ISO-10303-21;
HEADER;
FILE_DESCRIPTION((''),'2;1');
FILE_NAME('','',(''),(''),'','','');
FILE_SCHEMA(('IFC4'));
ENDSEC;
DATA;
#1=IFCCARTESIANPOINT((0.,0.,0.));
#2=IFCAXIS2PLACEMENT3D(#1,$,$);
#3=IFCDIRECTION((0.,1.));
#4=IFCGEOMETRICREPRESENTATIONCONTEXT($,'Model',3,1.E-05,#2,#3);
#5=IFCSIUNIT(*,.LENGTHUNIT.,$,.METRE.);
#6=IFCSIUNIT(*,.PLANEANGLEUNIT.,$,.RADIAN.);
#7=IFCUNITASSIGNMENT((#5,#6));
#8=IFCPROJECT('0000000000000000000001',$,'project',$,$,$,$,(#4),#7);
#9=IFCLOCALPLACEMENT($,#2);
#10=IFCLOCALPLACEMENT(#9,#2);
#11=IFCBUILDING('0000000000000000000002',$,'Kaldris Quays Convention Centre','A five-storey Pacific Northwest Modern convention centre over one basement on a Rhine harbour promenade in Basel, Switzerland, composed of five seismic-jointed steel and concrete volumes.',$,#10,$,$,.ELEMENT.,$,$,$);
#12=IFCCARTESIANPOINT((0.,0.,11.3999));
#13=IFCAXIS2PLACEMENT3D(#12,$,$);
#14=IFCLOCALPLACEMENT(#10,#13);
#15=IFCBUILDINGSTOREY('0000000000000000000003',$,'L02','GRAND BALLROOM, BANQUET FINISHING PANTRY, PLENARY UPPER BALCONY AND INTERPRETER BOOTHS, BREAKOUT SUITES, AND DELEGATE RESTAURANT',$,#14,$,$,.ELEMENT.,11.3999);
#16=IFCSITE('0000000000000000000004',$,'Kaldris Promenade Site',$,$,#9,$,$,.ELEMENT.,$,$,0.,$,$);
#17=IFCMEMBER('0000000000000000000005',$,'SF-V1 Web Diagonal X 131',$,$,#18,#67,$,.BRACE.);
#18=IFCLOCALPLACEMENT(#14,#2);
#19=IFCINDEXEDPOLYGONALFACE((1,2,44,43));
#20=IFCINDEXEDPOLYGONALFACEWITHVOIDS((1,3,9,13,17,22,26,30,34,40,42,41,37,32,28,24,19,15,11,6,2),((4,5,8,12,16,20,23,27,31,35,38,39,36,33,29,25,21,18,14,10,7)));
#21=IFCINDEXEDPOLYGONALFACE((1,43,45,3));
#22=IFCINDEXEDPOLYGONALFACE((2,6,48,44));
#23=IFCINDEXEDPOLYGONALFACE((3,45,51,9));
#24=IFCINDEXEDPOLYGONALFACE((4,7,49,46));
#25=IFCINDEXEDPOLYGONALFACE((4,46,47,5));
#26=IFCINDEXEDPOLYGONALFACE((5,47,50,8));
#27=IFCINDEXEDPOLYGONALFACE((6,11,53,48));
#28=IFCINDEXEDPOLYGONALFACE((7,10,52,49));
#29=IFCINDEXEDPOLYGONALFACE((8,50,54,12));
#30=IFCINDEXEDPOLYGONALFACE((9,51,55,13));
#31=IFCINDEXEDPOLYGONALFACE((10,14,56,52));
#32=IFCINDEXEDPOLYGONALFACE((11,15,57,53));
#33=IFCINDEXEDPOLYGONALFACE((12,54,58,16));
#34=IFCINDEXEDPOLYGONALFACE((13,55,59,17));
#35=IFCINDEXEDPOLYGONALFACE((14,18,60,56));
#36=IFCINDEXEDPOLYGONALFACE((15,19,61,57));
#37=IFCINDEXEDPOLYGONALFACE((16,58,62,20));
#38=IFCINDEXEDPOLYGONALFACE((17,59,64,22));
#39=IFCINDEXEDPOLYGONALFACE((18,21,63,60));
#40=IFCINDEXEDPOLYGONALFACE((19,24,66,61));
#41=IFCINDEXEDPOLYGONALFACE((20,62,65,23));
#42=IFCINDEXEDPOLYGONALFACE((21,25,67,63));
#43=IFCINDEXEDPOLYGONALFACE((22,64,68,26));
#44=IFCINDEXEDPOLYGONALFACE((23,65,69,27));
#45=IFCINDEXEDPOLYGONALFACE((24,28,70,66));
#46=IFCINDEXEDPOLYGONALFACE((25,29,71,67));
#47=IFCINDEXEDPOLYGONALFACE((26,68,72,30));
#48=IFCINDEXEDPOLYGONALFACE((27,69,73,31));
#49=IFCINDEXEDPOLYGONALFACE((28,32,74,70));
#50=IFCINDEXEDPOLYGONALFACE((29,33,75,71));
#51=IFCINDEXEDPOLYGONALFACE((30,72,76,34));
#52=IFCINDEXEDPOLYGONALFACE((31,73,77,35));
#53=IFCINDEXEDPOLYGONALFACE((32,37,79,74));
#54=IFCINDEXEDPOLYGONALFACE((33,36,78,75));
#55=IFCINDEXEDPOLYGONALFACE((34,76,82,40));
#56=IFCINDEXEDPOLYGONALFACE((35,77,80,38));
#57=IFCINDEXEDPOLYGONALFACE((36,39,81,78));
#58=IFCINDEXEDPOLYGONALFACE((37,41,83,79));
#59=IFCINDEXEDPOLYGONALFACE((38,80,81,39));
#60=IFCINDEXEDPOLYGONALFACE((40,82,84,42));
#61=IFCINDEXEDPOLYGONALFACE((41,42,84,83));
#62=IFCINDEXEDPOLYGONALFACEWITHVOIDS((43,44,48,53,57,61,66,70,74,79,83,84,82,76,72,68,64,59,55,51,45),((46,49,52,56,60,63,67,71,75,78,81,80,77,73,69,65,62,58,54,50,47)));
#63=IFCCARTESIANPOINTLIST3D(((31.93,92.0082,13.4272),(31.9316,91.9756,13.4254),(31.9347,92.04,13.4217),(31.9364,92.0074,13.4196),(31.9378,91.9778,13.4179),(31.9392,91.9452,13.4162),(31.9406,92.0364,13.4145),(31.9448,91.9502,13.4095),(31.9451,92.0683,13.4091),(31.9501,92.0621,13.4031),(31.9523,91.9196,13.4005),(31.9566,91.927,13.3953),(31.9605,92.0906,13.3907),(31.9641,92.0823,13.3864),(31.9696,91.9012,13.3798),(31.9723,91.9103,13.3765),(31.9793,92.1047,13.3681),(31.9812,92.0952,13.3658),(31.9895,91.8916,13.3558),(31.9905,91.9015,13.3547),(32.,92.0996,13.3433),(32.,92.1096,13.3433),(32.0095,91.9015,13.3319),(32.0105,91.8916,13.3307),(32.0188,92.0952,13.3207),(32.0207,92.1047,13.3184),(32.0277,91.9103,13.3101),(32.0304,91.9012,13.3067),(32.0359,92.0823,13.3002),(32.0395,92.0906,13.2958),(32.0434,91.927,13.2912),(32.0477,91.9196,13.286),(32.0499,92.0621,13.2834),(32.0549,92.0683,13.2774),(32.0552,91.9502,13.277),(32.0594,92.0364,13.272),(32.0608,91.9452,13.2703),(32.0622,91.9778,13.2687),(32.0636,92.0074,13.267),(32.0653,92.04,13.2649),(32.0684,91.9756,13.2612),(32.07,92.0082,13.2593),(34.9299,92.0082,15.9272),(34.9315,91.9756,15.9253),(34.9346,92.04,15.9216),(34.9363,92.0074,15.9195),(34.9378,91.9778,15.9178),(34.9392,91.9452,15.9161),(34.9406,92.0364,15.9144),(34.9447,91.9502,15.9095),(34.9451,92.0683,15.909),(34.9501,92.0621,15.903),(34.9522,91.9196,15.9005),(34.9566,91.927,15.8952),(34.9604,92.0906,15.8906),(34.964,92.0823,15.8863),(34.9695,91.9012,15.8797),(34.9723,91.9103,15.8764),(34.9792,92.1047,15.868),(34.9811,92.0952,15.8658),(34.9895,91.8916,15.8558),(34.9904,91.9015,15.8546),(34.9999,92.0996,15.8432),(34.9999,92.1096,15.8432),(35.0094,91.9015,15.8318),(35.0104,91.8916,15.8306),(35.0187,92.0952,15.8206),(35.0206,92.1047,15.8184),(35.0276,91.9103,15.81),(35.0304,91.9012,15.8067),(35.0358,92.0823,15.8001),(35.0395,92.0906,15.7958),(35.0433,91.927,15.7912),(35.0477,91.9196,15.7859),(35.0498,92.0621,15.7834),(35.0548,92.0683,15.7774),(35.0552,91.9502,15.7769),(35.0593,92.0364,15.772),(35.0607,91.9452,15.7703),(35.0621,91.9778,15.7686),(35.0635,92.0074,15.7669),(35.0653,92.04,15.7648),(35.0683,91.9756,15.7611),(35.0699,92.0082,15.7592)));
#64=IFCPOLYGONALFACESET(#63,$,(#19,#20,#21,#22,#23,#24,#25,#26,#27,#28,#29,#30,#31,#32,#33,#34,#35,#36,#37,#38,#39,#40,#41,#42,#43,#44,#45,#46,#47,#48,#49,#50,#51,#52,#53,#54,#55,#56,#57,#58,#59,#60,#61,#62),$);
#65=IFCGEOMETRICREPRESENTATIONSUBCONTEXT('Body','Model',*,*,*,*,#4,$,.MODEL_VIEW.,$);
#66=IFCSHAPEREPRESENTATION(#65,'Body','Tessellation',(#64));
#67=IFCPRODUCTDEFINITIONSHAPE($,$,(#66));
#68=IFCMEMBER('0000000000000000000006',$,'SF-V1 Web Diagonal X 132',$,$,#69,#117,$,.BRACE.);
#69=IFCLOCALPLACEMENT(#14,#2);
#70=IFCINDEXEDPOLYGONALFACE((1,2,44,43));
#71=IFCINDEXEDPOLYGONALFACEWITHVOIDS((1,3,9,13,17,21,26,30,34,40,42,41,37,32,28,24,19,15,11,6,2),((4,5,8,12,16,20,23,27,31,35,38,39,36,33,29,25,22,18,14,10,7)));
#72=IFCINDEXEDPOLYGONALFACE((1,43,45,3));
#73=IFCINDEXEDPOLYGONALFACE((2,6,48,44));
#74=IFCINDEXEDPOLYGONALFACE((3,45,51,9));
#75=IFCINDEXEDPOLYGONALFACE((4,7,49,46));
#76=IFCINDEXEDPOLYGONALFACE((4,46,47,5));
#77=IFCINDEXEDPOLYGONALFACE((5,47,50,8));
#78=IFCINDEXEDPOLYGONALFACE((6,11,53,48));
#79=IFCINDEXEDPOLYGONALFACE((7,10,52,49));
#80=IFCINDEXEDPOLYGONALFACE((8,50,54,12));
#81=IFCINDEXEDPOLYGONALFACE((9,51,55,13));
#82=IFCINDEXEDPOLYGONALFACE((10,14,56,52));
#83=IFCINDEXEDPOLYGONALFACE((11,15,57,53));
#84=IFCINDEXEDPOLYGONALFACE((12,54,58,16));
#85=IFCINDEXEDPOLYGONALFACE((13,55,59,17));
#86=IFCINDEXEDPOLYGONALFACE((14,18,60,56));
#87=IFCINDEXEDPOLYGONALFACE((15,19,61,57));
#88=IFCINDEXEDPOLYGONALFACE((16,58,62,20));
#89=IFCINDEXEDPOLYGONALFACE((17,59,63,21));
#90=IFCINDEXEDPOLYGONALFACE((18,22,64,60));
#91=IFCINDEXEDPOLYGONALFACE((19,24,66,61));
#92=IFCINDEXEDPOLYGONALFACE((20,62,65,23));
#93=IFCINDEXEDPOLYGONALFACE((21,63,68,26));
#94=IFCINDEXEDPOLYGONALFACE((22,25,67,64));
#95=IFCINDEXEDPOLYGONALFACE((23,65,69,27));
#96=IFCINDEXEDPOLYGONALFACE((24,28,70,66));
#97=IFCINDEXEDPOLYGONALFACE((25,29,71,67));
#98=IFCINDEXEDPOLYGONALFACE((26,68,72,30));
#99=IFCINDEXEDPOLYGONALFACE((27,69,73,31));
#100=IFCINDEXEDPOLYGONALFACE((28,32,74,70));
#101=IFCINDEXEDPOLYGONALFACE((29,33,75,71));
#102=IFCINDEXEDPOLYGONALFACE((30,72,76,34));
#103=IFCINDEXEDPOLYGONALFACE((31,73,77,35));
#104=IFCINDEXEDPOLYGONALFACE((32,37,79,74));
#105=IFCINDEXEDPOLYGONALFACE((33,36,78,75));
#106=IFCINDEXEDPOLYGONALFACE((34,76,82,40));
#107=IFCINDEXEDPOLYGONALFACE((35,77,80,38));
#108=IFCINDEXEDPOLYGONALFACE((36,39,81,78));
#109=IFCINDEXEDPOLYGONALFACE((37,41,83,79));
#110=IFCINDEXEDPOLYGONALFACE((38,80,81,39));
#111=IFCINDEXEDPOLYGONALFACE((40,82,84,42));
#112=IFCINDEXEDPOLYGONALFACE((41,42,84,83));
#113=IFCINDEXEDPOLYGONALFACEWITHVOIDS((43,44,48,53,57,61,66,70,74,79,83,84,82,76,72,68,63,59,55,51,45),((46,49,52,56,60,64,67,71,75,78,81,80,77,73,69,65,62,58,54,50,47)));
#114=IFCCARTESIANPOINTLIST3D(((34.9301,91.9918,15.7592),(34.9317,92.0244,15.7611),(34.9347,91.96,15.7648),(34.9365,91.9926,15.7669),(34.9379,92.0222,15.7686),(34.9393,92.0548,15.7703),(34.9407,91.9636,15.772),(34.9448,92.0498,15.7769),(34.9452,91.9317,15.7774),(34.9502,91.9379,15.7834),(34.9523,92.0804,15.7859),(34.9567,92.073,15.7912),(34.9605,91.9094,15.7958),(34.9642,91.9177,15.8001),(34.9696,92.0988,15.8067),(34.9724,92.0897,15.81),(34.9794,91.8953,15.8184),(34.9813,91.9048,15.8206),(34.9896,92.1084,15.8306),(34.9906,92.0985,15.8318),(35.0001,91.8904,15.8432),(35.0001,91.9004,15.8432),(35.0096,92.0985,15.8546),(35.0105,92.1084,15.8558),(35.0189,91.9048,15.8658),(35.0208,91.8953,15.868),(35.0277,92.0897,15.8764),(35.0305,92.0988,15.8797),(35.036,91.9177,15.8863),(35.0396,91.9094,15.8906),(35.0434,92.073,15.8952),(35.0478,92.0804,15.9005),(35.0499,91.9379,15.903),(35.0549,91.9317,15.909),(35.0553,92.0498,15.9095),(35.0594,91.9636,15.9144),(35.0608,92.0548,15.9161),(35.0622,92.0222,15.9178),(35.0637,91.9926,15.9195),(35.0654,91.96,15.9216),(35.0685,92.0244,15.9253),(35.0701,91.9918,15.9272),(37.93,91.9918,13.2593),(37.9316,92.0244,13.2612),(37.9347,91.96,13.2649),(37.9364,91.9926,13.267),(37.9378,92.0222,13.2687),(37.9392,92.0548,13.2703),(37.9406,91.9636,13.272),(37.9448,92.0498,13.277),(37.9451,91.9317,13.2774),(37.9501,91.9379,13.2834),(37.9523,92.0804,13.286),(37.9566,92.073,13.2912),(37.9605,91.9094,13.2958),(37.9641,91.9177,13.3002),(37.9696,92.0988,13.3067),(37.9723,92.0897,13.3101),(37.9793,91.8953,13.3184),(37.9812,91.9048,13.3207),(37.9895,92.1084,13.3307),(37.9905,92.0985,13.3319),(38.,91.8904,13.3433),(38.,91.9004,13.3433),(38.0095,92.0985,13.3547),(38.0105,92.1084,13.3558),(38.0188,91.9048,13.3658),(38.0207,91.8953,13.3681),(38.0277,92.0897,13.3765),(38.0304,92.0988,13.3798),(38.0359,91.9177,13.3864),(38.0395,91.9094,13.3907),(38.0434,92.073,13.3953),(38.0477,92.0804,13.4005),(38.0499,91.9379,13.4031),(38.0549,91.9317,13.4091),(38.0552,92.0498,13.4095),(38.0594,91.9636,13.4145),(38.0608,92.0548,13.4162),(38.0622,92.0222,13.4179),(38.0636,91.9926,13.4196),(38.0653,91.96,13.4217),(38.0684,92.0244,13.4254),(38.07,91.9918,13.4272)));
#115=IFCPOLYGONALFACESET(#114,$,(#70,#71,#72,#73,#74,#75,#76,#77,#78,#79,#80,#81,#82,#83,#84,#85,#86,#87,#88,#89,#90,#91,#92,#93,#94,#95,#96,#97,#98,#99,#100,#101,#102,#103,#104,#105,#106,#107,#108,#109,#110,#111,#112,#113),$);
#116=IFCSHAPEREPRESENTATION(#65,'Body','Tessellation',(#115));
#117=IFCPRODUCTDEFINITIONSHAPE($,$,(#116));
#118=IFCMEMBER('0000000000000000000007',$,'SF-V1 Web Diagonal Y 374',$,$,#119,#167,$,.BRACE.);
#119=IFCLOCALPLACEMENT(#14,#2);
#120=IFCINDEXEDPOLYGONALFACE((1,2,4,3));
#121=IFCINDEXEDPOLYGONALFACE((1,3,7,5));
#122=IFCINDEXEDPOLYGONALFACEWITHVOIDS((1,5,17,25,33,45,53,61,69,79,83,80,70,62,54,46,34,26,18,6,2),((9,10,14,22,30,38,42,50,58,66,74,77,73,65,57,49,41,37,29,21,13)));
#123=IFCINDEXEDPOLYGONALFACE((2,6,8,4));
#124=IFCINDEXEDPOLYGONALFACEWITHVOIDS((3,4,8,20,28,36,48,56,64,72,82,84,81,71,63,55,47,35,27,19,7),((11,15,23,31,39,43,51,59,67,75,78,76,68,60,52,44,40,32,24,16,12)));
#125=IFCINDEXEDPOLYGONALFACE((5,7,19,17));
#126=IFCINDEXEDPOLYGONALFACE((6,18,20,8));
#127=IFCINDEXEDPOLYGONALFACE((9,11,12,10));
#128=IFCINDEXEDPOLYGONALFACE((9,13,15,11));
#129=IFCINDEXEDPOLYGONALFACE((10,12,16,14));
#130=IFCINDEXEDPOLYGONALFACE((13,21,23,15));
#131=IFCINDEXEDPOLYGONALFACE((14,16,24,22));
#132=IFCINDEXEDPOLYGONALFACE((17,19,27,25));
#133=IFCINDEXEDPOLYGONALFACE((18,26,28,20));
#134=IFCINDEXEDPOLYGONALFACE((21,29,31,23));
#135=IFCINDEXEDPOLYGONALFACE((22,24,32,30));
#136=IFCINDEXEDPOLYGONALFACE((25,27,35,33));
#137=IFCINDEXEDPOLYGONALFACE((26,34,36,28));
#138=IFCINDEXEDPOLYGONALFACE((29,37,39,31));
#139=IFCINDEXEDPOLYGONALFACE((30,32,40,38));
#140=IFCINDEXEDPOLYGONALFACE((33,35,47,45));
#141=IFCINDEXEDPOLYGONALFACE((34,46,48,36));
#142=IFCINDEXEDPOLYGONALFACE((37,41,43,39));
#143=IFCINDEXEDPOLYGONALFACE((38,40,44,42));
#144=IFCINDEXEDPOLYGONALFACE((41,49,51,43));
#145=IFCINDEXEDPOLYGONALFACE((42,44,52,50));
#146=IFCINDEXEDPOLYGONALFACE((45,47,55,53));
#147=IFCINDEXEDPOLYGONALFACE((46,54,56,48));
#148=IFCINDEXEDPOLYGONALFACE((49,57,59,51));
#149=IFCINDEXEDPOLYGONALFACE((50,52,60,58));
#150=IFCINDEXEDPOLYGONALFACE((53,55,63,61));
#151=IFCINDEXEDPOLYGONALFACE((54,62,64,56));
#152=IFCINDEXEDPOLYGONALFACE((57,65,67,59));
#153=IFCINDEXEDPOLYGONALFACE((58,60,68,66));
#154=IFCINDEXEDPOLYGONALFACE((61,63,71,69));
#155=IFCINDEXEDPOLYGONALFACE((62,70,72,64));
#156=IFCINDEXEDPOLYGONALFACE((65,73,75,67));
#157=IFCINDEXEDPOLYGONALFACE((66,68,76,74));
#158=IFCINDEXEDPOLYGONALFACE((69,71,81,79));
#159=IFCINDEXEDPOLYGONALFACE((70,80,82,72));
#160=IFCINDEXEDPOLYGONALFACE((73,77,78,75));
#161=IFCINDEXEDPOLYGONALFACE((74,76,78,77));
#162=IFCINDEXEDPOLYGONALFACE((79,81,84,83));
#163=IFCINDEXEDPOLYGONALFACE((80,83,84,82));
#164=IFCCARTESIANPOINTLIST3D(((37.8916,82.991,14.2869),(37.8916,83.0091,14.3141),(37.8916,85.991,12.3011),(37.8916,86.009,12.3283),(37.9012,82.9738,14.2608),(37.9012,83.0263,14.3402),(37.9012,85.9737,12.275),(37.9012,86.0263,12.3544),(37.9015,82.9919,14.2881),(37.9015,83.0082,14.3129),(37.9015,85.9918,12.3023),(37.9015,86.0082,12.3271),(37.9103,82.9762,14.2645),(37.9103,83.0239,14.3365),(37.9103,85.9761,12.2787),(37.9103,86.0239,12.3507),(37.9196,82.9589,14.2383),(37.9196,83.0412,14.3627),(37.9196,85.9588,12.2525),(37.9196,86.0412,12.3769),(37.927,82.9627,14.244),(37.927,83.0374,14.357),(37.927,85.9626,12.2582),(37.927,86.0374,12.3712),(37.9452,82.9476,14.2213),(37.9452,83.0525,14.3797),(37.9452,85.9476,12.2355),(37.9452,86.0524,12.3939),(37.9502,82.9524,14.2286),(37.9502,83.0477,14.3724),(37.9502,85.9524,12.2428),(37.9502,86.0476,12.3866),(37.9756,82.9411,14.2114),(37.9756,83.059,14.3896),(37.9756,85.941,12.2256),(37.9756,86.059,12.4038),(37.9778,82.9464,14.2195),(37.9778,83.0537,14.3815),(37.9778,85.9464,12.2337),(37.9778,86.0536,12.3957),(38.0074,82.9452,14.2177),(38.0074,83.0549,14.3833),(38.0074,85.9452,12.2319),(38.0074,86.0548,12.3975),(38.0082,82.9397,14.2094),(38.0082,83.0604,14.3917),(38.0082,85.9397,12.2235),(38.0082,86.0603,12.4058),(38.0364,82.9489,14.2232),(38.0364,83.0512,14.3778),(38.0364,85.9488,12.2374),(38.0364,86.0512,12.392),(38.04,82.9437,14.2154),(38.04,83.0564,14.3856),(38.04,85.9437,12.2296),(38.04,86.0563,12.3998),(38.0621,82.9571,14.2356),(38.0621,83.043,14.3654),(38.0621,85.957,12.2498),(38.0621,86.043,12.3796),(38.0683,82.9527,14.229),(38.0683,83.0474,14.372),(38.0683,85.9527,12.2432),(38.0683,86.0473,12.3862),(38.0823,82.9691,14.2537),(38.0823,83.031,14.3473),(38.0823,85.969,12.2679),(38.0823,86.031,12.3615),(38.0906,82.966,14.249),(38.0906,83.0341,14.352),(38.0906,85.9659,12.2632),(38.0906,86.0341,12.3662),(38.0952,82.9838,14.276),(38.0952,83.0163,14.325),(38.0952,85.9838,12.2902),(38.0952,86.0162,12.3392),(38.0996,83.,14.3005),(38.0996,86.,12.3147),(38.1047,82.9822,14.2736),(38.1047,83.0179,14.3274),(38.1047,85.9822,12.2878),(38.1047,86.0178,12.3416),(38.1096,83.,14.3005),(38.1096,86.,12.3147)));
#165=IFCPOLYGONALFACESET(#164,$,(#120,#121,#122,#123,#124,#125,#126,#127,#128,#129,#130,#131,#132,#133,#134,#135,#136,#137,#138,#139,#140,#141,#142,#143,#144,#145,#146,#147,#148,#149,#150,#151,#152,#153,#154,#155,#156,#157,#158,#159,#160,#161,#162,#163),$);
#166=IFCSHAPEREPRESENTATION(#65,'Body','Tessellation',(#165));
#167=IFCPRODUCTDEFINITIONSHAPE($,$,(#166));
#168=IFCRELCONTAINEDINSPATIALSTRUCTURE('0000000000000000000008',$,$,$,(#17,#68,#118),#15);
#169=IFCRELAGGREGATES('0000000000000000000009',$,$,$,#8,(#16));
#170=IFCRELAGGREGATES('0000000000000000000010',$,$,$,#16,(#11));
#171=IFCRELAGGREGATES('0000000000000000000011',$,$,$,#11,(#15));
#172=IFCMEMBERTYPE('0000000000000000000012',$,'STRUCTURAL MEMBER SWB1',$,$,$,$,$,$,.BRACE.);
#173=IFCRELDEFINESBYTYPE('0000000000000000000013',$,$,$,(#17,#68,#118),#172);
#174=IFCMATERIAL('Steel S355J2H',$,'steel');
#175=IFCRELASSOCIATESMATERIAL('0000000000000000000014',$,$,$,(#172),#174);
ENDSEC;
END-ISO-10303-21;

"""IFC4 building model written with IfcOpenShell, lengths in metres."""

from ifc_helpers import new_model, si_unit, direction, frame, origin, origin_2d, place, context, subcontext, project, spatial, hollow_circle, extrude, material, material_profile, profile_set, type_object, element, save


model = new_model("IFC4")

# Units and contexts
model_context = context("Model", 3, precision=1e-05, world=origin(), true_north=direction((0.0, 1.0)))
body_context = subcontext(model_context, "Body", "Model", "MODEL_VIEW")
ifc_project = project(units=[si_unit("LENGTHUNIT", "METRE"), si_unit("PLANEANGLEUNIT", "RADIAN")], contexts=[model_context])

# Site, building, storey
site_placement = place(None, origin())
site = spatial("IfcSite", under=ifc_project, at=site_placement, Name="Kaldris Promenade Site", CompositionType="ELEMENT", RefElevation=0.0)
building_placement = place(site_placement, origin())
building = spatial("IfcBuilding", under=site, at=building_placement, Name="Kaldris Quays Convention Centre", Description="A five-storey Pacific Northwest Modern convention centre over one basement on a Rhine harbour promenade in Basel, Switzerland, composed of five seismic-jointed steel and concrete volumes.", CompositionType="ELEMENT")
storey_placement = place(building_placement, frame((0.0, 0.0, 11.3999)))
storey = spatial("IfcBuildingStorey", under=building, at=storey_placement, Name="L02", Description="GRAND BALLROOM, BANQUET FINISHING PANTRY, PLENARY UPPER BALCONY AND INTERPRETER BOOTHS, BREAKOUT SUITES, AND DELEGATE RESTAURANT", CompositionType="ELEMENT", Elevation=11.3999)

# Members
ifc_material_1 = material(Name="Steel S355J2H", Category="steel")
ifc_material_profile_1 = material_profile(ifc_material_1, hollow_circle(Radius=0.1096, WallThickness=0.01, at=origin_2d()), Name="CHS 219.1x10")
ifc_profile_set_1 = profile_set([ifc_material_profile_1], Name="Steel S355J2H")
member_type_1 = type_object("IfcMemberType", Name="STRUCTURAL MEMBER SWB1", PredefinedType="BRACE", material=ifc_profile_set_1)
for number, where, z_axis, x_axis, name in (
    (1, (32.0, 92.0, 13.3433), (0.768221, 0.0, 0.640184), (0.0, 1.0, 0.0), "SF-V1 Web Diagonal X 131"),
    (2, (38.0, 92.0, 13.3433), (-0.768221, 0.0, 0.640184), (0.0, -1.0, 0.0), "SF-V1 Web Diagonal X 132"),
):
    element("IfcMember", number, at=place(storey_placement, frame(where, z_axis=z_axis, x_axis=x_axis)), inside=storey, type_object=member_type_1, Name=name, PredefinedType="BRACE", context=body_context, shape_type="SweptSolid", body=[
        extrude(hollow_circle(Radius=0.1096, WallThickness=0.01, at=origin_2d()), origin(), (0.0, 0.0, 1.0), 3.905),
    ])
member_1_placement = place(storey_placement, frame((38.0, 86.0, 12.3147), z_axis=(0.0, -0.833862, 0.551972), x_axis=(1.0, 0.0, 0.0)))
element("IfcMember", 3, at=member_1_placement, inside=storey, type_object=member_type_1, Name="SF-V1 Web Diagonal Y 374", PredefinedType="BRACE", context=body_context, shape_type="SweptSolid", body=[
    extrude(hollow_circle(Radius=0.1096, WallThickness=0.01, at=origin_2d()), origin(), (0.0, 0.0, 1.0), 3.5977),
])

save(model, "model.ifc")
